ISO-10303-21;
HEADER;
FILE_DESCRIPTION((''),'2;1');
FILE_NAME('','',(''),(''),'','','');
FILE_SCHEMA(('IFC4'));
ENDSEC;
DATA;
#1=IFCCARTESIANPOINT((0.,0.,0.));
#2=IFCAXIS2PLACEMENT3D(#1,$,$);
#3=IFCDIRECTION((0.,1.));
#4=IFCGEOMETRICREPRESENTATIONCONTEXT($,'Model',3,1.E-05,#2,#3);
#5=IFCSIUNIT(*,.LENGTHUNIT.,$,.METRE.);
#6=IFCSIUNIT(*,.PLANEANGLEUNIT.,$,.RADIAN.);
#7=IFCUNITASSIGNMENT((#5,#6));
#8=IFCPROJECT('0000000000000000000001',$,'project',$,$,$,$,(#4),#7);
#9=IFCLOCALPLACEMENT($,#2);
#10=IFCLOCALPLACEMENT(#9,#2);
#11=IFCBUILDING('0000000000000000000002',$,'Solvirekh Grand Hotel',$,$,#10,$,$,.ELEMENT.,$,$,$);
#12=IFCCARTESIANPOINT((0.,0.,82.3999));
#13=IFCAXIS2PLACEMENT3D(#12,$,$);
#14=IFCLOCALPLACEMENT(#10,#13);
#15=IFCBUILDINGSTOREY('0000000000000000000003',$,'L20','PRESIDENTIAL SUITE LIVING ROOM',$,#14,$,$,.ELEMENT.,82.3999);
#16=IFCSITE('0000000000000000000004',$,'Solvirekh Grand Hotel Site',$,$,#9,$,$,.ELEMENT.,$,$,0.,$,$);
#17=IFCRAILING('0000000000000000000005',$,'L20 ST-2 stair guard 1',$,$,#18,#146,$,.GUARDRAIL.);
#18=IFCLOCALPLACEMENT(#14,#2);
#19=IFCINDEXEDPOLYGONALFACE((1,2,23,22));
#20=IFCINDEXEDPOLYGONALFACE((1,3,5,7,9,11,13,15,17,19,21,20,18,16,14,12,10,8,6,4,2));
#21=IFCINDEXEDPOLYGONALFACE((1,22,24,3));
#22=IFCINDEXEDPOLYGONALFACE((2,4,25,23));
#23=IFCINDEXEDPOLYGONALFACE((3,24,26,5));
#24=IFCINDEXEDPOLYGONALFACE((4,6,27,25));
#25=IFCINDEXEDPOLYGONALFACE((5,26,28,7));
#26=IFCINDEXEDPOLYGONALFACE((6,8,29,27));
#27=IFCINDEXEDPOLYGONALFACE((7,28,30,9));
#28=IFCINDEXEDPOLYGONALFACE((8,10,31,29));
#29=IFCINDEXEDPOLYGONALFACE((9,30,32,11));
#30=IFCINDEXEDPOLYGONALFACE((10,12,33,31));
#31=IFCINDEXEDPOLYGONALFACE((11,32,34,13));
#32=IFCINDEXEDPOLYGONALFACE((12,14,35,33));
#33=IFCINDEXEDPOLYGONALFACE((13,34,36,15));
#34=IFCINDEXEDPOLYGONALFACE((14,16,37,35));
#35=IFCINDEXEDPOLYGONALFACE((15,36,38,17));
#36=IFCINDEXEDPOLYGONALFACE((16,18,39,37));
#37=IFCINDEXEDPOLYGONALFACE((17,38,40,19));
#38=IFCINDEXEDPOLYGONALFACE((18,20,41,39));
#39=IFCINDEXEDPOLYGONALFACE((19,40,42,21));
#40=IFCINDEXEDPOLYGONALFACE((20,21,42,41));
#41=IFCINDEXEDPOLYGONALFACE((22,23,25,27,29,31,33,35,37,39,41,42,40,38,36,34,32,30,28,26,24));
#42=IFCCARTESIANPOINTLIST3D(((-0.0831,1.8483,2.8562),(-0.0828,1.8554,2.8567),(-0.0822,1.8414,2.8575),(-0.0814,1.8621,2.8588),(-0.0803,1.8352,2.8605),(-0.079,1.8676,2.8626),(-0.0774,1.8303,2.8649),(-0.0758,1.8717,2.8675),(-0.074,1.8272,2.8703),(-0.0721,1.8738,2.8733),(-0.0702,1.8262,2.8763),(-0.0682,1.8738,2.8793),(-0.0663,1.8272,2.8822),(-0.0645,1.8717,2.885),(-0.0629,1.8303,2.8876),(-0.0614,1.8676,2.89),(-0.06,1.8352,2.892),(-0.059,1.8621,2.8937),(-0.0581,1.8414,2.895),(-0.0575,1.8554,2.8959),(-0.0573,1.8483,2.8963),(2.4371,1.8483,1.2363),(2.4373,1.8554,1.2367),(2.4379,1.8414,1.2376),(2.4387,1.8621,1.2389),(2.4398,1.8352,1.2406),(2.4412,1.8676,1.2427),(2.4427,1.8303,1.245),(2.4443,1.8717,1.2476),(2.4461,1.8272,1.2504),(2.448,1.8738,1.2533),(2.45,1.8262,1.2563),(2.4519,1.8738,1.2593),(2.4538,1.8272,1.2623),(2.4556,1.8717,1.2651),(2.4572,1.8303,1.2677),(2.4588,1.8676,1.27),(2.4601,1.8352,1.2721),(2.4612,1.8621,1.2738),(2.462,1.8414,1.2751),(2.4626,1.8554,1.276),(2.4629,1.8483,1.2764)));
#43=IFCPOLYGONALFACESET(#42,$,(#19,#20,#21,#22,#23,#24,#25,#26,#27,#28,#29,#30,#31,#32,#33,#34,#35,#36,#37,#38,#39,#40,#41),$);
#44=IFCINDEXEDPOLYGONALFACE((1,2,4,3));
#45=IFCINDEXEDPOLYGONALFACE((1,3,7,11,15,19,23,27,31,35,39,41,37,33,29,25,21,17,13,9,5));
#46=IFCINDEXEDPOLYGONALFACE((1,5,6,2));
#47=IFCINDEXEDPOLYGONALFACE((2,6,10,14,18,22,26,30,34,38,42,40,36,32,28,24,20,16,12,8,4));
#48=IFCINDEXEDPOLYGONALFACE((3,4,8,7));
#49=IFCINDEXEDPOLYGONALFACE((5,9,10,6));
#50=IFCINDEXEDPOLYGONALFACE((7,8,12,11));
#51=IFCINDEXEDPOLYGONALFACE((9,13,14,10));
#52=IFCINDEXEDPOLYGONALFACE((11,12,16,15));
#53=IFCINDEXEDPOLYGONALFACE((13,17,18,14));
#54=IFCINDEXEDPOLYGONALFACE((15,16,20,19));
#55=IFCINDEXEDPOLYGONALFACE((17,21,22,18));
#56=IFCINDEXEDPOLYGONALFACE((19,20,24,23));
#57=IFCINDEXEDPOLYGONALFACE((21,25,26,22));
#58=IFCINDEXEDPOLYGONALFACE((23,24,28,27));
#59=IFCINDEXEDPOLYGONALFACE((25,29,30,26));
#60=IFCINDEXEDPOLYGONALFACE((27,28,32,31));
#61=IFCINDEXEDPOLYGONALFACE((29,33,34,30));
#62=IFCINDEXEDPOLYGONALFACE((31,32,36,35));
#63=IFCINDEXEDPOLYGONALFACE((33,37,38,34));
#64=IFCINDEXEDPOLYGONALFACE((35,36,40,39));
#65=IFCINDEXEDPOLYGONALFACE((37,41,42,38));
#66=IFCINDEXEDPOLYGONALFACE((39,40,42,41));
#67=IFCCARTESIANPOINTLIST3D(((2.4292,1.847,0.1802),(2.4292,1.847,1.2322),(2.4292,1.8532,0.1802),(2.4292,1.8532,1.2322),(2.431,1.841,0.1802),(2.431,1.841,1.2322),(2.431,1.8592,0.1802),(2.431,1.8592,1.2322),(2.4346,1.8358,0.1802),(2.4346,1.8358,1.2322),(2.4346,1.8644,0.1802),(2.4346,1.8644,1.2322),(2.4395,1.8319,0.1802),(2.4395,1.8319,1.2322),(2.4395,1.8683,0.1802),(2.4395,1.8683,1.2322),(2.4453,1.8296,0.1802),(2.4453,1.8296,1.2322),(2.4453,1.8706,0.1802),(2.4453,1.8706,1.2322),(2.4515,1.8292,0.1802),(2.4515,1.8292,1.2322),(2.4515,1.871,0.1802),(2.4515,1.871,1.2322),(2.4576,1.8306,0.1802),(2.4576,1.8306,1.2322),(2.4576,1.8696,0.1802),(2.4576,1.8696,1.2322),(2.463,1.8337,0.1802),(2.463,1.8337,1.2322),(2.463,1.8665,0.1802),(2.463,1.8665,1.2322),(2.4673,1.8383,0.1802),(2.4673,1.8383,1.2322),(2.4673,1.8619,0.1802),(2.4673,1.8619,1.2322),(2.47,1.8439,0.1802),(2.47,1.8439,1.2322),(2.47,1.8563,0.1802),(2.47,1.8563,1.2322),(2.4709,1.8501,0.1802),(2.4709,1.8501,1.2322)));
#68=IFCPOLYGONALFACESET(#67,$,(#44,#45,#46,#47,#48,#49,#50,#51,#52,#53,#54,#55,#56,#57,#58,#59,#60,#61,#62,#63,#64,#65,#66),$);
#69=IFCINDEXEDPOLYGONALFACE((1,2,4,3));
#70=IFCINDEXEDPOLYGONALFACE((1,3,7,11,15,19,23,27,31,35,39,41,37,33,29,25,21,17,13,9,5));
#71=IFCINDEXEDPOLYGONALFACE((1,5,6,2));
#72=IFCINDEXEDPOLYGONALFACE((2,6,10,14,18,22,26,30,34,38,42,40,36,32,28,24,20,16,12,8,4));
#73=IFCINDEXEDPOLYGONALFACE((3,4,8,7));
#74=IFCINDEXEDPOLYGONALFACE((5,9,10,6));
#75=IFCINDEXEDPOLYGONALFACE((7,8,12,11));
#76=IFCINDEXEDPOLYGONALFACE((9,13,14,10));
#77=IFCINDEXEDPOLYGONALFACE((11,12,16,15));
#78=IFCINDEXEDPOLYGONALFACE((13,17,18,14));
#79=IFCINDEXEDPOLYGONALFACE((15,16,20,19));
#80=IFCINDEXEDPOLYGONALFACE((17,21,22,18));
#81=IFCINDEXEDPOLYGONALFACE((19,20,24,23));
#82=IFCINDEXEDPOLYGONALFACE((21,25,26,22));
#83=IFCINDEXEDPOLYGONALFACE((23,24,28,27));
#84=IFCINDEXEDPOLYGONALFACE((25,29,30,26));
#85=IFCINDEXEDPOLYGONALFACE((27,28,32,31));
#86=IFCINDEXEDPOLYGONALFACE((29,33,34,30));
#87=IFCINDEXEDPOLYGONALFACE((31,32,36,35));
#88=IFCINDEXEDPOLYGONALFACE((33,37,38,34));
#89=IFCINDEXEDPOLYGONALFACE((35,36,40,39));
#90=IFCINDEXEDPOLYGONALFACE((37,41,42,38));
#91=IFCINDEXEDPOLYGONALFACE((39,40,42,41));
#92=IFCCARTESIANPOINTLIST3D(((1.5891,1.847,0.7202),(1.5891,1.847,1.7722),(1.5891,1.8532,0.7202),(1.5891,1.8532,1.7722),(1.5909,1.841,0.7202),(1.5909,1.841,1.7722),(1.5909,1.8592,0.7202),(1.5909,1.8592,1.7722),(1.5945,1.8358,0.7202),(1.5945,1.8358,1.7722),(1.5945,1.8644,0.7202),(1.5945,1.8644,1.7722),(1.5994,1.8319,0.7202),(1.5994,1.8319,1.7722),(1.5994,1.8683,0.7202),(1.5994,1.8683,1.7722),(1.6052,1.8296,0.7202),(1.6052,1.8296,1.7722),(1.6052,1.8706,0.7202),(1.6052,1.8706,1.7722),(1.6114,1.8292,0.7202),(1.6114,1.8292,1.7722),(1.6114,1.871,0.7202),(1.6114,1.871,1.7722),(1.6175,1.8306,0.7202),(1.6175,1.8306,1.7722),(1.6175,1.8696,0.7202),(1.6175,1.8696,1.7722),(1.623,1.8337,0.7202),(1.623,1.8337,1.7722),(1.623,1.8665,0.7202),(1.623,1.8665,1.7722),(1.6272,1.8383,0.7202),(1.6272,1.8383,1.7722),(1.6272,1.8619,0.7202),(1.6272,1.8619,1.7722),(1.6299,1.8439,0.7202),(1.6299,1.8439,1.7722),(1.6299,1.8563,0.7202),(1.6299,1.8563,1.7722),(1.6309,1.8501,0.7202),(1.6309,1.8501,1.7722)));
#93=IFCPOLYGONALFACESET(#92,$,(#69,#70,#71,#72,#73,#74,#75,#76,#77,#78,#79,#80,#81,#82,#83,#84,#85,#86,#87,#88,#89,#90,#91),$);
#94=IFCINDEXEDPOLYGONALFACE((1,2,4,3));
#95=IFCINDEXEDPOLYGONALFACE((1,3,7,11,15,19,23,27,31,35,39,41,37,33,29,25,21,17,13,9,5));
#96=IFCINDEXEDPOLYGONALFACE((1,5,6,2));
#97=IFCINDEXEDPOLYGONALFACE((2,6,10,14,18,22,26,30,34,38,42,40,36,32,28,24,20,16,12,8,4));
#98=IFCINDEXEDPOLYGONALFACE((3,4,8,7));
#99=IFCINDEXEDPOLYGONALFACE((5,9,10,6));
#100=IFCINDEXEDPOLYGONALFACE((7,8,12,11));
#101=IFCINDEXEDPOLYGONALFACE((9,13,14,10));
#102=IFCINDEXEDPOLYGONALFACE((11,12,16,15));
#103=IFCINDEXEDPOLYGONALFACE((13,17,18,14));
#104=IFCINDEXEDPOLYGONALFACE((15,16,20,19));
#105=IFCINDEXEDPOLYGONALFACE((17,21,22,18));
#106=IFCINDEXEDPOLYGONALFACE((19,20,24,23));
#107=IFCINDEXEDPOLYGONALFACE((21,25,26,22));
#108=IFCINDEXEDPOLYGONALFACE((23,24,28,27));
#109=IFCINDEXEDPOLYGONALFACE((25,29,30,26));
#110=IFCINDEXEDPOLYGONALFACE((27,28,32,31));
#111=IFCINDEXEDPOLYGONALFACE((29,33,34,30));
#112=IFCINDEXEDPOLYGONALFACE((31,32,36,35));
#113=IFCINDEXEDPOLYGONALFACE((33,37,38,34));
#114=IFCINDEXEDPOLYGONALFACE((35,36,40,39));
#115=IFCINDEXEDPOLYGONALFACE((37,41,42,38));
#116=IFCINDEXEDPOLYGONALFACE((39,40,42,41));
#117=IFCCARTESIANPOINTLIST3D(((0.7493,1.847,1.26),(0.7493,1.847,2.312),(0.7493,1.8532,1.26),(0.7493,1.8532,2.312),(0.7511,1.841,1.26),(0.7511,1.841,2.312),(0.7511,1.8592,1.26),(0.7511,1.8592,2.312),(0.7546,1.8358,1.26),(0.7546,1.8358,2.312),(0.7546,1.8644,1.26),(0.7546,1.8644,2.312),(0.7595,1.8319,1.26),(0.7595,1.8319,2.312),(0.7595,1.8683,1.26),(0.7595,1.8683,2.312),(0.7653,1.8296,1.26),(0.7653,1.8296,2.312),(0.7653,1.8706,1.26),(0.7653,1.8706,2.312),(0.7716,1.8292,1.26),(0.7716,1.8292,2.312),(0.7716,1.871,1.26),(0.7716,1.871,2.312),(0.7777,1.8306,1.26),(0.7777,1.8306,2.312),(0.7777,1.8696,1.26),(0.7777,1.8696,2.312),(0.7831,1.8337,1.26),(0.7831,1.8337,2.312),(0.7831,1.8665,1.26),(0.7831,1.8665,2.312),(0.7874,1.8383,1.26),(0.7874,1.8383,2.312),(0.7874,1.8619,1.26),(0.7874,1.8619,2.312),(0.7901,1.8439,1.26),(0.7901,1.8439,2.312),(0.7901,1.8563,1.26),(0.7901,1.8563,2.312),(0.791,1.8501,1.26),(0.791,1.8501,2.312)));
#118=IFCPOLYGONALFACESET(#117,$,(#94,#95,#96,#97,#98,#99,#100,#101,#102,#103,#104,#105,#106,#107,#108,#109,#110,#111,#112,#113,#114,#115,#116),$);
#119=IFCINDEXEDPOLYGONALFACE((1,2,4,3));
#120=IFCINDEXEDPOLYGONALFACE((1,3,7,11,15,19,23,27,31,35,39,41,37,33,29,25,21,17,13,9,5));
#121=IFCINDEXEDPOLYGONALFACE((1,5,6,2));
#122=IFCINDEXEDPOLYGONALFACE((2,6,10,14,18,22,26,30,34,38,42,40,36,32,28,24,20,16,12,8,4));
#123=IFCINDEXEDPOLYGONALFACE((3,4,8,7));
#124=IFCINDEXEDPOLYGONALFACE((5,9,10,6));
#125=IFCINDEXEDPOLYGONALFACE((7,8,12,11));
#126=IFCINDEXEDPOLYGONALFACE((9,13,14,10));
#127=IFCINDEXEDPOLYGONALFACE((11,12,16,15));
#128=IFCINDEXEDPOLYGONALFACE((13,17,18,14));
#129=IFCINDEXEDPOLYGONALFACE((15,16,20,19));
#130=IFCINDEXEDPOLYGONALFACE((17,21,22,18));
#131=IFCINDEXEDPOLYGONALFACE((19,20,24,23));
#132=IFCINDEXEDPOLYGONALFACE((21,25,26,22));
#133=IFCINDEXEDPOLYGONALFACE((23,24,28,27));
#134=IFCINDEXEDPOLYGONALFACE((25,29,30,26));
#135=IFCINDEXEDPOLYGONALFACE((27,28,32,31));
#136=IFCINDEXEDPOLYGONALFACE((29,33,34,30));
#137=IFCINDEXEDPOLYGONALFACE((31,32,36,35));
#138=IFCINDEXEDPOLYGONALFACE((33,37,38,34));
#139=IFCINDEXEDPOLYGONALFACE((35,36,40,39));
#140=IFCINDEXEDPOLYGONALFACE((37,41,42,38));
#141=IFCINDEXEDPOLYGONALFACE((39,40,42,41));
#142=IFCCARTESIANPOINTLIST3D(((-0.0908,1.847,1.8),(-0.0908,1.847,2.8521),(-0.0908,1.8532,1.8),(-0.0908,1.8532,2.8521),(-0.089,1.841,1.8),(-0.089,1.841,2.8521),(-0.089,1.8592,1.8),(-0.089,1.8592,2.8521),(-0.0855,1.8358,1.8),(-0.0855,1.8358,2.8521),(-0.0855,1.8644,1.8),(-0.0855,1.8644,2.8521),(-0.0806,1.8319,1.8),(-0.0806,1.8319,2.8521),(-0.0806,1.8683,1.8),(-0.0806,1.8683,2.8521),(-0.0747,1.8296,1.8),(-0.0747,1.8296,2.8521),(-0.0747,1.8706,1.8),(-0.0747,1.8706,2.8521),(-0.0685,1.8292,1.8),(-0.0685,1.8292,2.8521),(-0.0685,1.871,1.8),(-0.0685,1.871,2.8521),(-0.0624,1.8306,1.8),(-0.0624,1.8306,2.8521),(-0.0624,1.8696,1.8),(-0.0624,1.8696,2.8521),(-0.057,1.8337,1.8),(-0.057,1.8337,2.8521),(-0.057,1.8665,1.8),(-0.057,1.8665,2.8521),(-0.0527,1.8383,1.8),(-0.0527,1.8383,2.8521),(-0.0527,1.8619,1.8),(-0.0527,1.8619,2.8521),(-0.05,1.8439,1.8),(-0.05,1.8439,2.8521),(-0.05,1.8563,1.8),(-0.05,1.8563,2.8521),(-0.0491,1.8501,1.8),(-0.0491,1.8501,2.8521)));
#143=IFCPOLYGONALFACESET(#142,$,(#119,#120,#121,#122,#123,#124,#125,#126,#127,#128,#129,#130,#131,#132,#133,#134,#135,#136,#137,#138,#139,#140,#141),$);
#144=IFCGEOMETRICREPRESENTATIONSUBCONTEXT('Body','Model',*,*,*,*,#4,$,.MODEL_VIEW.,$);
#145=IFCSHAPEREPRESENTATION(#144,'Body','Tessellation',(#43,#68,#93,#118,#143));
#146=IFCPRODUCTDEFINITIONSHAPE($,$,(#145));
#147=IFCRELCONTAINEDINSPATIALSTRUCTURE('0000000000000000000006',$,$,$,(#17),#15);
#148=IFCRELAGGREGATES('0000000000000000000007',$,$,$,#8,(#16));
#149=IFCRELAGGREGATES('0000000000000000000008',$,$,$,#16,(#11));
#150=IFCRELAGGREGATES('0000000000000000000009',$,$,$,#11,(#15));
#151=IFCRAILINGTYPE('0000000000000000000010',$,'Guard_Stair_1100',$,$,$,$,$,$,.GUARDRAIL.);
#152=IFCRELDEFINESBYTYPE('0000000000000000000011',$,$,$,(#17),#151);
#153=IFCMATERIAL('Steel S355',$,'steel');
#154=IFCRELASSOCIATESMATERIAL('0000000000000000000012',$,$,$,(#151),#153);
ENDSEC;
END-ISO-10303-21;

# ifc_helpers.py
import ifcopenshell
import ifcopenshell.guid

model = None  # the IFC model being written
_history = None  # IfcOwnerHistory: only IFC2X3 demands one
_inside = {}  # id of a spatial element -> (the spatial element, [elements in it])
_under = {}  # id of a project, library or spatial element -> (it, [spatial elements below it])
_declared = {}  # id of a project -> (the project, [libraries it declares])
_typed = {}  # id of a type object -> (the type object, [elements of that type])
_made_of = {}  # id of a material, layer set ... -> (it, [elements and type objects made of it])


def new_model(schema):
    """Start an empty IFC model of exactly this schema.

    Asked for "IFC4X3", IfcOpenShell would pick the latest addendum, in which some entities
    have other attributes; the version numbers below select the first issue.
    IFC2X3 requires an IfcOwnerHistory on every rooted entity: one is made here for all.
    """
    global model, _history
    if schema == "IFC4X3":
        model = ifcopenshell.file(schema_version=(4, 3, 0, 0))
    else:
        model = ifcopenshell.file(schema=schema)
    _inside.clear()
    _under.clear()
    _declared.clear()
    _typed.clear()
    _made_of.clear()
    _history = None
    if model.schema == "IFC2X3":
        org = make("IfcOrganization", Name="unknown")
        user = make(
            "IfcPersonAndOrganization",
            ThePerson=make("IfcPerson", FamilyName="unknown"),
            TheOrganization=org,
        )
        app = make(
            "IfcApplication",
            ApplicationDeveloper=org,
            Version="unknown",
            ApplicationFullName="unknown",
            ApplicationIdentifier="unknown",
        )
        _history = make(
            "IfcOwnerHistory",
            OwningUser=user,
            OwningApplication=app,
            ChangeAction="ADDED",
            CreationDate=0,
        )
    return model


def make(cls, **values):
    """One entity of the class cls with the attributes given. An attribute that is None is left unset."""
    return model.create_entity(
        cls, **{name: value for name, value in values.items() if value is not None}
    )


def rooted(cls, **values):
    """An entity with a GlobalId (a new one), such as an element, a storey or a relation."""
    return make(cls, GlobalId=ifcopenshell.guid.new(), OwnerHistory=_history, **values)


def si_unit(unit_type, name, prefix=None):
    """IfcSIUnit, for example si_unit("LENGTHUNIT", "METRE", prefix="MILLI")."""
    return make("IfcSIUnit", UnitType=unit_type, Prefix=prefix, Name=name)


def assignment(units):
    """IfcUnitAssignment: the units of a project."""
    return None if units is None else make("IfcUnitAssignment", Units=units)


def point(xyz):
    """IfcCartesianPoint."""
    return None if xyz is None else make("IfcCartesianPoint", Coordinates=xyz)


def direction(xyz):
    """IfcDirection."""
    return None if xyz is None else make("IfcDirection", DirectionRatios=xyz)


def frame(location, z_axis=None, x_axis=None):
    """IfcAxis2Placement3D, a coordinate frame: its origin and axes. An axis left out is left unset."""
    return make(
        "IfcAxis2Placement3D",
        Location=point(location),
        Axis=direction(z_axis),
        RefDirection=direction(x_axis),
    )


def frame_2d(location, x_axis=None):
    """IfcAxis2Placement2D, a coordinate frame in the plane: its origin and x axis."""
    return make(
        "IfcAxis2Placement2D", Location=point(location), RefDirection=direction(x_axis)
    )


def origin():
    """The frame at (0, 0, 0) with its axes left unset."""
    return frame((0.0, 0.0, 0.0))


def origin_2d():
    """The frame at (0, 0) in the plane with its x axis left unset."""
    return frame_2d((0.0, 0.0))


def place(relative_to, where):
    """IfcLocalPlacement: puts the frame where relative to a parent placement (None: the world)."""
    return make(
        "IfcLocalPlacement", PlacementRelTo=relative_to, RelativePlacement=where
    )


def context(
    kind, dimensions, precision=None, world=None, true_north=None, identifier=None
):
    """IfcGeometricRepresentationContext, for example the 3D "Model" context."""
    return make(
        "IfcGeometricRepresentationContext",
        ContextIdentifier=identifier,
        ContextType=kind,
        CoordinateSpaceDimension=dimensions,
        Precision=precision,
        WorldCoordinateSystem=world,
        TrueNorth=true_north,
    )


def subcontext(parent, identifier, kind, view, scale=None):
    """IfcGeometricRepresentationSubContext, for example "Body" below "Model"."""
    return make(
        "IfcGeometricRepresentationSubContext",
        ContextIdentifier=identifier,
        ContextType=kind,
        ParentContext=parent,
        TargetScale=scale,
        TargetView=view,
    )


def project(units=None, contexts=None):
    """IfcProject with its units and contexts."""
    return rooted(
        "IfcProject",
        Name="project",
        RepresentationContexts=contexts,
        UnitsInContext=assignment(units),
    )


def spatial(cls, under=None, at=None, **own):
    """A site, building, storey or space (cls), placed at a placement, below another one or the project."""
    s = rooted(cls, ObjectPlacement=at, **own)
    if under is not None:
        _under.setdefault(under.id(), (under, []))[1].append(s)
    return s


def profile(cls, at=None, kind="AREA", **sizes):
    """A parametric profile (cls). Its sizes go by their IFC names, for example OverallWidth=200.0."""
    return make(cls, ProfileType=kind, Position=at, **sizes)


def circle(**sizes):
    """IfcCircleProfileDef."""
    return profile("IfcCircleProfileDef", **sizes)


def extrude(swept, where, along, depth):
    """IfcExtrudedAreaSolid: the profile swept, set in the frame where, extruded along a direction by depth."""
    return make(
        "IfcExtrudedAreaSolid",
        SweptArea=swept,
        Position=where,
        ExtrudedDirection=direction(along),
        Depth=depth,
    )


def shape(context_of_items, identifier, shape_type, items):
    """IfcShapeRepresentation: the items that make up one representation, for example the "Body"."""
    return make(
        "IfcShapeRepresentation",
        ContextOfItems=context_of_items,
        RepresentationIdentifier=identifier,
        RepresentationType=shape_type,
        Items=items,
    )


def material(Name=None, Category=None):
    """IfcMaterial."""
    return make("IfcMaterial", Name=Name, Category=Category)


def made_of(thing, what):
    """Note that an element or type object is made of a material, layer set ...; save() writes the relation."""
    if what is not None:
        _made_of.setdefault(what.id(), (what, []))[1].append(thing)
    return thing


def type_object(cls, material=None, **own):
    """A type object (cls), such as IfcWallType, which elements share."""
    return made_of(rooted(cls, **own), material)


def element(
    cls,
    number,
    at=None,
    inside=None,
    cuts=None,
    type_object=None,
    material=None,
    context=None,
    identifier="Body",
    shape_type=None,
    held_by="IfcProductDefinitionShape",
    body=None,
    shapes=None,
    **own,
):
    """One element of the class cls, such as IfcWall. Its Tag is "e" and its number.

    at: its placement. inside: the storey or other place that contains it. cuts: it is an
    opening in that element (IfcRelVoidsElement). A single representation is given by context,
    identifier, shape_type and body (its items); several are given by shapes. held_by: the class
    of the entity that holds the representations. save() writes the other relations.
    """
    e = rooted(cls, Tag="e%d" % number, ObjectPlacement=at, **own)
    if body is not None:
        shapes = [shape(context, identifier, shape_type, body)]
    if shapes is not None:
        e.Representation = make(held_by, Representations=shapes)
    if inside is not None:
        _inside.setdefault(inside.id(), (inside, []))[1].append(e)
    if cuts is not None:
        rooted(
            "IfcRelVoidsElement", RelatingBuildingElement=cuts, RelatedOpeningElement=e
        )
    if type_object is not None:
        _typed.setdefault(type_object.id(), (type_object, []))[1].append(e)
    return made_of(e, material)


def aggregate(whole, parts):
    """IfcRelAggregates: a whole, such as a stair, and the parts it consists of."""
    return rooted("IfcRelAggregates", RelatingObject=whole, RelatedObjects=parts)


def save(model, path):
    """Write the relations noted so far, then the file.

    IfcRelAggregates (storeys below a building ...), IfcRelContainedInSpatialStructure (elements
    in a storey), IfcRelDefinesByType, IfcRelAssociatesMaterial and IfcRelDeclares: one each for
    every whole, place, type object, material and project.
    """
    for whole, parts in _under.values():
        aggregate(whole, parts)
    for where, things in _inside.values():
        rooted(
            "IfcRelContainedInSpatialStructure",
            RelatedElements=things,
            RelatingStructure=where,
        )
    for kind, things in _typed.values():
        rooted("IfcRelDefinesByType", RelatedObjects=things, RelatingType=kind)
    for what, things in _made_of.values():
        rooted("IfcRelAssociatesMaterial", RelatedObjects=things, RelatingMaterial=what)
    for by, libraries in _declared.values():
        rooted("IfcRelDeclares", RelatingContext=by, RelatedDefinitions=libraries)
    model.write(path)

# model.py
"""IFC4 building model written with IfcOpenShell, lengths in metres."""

from ifc_helpers import new_model, si_unit, direction, frame, origin, origin_2d, place, context, subcontext, project, spatial, circle, extrude, material, type_object, element, save


model = new_model("IFC4")

# Units and contexts
model_context = context("Model", 3, precision=1e-05, world=origin(), true_north=direction((0.0, 1.0)))
body_context = subcontext(model_context, "Body", "Model", "MODEL_VIEW")
ifc_project = project(units=[si_unit("LENGTHUNIT", "METRE"), si_unit("PLANEANGLEUNIT", "RADIAN")], contexts=[model_context])

# Site, building, storey
site_placement = place(None, origin())
site = spatial("IfcSite", under=ifc_project, at=site_placement, Name="Solvirekh Grand Hotel Site", CompositionType="ELEMENT", RefElevation=0.0)
building_placement = place(site_placement, origin())
building = spatial("IfcBuilding", under=site, at=building_placement, Name="Solvirekh Grand Hotel", CompositionType="ELEMENT")
storey_placement = place(building_placement, frame((0.0, 0.0, 82.3999)))
storey = spatial("IfcBuildingStorey", under=building, at=storey_placement, Name="L20", Description="PRESIDENTIAL SUITE LIVING ROOM", CompositionType="ELEMENT", Elevation=82.3999)

# Shared definitions
ifc_material_1 = material(Name="Steel S355", Category="steel")

# Railing
railing_type_1 = type_object("IfcRailingType", Name="Guard_Stair_1100", PredefinedType="GUARDRAIL", material=ifc_material_1)
railing_1_placement = place(storey_placement, frame((2.45, 1.8501, 0.1802)))
element("IfcRailing", 1, at=railing_1_placement, inside=storey, type_object=railing_type_1, Name="L20 ST-2 stair guard 1", PredefinedType="GUARDRAIL", context=body_context, shape_type="SweptSolid", body=[
    extrude(circle(Radius=0.0239, at=origin_2d()), frame((0.0, 0.0, 1.0762), z_axis=(-0.8412, 0.0, 0.540725), x_axis=(0.0, -1.0, 0.0)), (0.0, 0.0, 1.0), 2.9958),
    extrude(circle(Radius=0.021, at=origin_2d()), origin(), (0.0, 0.0, 1.0), 1.052),
    extrude(circle(Radius=0.021, at=origin_2d()), frame((-0.8401, 0.0, 0.54)), (0.0, 0.0, 1.0), 1.052),
    extrude(circle(Radius=0.021, at=origin_2d()), frame((-1.6799, 0.0, 1.0798)), (0.0, 0.0, 1.0), 1.052),
    extrude(circle(Radius=0.021, at=origin_2d()), frame((-2.52, 0.0, 1.6199)), (0.0, 0.0, 1.0), 1.052),
])

save(model, "model.ifc")
